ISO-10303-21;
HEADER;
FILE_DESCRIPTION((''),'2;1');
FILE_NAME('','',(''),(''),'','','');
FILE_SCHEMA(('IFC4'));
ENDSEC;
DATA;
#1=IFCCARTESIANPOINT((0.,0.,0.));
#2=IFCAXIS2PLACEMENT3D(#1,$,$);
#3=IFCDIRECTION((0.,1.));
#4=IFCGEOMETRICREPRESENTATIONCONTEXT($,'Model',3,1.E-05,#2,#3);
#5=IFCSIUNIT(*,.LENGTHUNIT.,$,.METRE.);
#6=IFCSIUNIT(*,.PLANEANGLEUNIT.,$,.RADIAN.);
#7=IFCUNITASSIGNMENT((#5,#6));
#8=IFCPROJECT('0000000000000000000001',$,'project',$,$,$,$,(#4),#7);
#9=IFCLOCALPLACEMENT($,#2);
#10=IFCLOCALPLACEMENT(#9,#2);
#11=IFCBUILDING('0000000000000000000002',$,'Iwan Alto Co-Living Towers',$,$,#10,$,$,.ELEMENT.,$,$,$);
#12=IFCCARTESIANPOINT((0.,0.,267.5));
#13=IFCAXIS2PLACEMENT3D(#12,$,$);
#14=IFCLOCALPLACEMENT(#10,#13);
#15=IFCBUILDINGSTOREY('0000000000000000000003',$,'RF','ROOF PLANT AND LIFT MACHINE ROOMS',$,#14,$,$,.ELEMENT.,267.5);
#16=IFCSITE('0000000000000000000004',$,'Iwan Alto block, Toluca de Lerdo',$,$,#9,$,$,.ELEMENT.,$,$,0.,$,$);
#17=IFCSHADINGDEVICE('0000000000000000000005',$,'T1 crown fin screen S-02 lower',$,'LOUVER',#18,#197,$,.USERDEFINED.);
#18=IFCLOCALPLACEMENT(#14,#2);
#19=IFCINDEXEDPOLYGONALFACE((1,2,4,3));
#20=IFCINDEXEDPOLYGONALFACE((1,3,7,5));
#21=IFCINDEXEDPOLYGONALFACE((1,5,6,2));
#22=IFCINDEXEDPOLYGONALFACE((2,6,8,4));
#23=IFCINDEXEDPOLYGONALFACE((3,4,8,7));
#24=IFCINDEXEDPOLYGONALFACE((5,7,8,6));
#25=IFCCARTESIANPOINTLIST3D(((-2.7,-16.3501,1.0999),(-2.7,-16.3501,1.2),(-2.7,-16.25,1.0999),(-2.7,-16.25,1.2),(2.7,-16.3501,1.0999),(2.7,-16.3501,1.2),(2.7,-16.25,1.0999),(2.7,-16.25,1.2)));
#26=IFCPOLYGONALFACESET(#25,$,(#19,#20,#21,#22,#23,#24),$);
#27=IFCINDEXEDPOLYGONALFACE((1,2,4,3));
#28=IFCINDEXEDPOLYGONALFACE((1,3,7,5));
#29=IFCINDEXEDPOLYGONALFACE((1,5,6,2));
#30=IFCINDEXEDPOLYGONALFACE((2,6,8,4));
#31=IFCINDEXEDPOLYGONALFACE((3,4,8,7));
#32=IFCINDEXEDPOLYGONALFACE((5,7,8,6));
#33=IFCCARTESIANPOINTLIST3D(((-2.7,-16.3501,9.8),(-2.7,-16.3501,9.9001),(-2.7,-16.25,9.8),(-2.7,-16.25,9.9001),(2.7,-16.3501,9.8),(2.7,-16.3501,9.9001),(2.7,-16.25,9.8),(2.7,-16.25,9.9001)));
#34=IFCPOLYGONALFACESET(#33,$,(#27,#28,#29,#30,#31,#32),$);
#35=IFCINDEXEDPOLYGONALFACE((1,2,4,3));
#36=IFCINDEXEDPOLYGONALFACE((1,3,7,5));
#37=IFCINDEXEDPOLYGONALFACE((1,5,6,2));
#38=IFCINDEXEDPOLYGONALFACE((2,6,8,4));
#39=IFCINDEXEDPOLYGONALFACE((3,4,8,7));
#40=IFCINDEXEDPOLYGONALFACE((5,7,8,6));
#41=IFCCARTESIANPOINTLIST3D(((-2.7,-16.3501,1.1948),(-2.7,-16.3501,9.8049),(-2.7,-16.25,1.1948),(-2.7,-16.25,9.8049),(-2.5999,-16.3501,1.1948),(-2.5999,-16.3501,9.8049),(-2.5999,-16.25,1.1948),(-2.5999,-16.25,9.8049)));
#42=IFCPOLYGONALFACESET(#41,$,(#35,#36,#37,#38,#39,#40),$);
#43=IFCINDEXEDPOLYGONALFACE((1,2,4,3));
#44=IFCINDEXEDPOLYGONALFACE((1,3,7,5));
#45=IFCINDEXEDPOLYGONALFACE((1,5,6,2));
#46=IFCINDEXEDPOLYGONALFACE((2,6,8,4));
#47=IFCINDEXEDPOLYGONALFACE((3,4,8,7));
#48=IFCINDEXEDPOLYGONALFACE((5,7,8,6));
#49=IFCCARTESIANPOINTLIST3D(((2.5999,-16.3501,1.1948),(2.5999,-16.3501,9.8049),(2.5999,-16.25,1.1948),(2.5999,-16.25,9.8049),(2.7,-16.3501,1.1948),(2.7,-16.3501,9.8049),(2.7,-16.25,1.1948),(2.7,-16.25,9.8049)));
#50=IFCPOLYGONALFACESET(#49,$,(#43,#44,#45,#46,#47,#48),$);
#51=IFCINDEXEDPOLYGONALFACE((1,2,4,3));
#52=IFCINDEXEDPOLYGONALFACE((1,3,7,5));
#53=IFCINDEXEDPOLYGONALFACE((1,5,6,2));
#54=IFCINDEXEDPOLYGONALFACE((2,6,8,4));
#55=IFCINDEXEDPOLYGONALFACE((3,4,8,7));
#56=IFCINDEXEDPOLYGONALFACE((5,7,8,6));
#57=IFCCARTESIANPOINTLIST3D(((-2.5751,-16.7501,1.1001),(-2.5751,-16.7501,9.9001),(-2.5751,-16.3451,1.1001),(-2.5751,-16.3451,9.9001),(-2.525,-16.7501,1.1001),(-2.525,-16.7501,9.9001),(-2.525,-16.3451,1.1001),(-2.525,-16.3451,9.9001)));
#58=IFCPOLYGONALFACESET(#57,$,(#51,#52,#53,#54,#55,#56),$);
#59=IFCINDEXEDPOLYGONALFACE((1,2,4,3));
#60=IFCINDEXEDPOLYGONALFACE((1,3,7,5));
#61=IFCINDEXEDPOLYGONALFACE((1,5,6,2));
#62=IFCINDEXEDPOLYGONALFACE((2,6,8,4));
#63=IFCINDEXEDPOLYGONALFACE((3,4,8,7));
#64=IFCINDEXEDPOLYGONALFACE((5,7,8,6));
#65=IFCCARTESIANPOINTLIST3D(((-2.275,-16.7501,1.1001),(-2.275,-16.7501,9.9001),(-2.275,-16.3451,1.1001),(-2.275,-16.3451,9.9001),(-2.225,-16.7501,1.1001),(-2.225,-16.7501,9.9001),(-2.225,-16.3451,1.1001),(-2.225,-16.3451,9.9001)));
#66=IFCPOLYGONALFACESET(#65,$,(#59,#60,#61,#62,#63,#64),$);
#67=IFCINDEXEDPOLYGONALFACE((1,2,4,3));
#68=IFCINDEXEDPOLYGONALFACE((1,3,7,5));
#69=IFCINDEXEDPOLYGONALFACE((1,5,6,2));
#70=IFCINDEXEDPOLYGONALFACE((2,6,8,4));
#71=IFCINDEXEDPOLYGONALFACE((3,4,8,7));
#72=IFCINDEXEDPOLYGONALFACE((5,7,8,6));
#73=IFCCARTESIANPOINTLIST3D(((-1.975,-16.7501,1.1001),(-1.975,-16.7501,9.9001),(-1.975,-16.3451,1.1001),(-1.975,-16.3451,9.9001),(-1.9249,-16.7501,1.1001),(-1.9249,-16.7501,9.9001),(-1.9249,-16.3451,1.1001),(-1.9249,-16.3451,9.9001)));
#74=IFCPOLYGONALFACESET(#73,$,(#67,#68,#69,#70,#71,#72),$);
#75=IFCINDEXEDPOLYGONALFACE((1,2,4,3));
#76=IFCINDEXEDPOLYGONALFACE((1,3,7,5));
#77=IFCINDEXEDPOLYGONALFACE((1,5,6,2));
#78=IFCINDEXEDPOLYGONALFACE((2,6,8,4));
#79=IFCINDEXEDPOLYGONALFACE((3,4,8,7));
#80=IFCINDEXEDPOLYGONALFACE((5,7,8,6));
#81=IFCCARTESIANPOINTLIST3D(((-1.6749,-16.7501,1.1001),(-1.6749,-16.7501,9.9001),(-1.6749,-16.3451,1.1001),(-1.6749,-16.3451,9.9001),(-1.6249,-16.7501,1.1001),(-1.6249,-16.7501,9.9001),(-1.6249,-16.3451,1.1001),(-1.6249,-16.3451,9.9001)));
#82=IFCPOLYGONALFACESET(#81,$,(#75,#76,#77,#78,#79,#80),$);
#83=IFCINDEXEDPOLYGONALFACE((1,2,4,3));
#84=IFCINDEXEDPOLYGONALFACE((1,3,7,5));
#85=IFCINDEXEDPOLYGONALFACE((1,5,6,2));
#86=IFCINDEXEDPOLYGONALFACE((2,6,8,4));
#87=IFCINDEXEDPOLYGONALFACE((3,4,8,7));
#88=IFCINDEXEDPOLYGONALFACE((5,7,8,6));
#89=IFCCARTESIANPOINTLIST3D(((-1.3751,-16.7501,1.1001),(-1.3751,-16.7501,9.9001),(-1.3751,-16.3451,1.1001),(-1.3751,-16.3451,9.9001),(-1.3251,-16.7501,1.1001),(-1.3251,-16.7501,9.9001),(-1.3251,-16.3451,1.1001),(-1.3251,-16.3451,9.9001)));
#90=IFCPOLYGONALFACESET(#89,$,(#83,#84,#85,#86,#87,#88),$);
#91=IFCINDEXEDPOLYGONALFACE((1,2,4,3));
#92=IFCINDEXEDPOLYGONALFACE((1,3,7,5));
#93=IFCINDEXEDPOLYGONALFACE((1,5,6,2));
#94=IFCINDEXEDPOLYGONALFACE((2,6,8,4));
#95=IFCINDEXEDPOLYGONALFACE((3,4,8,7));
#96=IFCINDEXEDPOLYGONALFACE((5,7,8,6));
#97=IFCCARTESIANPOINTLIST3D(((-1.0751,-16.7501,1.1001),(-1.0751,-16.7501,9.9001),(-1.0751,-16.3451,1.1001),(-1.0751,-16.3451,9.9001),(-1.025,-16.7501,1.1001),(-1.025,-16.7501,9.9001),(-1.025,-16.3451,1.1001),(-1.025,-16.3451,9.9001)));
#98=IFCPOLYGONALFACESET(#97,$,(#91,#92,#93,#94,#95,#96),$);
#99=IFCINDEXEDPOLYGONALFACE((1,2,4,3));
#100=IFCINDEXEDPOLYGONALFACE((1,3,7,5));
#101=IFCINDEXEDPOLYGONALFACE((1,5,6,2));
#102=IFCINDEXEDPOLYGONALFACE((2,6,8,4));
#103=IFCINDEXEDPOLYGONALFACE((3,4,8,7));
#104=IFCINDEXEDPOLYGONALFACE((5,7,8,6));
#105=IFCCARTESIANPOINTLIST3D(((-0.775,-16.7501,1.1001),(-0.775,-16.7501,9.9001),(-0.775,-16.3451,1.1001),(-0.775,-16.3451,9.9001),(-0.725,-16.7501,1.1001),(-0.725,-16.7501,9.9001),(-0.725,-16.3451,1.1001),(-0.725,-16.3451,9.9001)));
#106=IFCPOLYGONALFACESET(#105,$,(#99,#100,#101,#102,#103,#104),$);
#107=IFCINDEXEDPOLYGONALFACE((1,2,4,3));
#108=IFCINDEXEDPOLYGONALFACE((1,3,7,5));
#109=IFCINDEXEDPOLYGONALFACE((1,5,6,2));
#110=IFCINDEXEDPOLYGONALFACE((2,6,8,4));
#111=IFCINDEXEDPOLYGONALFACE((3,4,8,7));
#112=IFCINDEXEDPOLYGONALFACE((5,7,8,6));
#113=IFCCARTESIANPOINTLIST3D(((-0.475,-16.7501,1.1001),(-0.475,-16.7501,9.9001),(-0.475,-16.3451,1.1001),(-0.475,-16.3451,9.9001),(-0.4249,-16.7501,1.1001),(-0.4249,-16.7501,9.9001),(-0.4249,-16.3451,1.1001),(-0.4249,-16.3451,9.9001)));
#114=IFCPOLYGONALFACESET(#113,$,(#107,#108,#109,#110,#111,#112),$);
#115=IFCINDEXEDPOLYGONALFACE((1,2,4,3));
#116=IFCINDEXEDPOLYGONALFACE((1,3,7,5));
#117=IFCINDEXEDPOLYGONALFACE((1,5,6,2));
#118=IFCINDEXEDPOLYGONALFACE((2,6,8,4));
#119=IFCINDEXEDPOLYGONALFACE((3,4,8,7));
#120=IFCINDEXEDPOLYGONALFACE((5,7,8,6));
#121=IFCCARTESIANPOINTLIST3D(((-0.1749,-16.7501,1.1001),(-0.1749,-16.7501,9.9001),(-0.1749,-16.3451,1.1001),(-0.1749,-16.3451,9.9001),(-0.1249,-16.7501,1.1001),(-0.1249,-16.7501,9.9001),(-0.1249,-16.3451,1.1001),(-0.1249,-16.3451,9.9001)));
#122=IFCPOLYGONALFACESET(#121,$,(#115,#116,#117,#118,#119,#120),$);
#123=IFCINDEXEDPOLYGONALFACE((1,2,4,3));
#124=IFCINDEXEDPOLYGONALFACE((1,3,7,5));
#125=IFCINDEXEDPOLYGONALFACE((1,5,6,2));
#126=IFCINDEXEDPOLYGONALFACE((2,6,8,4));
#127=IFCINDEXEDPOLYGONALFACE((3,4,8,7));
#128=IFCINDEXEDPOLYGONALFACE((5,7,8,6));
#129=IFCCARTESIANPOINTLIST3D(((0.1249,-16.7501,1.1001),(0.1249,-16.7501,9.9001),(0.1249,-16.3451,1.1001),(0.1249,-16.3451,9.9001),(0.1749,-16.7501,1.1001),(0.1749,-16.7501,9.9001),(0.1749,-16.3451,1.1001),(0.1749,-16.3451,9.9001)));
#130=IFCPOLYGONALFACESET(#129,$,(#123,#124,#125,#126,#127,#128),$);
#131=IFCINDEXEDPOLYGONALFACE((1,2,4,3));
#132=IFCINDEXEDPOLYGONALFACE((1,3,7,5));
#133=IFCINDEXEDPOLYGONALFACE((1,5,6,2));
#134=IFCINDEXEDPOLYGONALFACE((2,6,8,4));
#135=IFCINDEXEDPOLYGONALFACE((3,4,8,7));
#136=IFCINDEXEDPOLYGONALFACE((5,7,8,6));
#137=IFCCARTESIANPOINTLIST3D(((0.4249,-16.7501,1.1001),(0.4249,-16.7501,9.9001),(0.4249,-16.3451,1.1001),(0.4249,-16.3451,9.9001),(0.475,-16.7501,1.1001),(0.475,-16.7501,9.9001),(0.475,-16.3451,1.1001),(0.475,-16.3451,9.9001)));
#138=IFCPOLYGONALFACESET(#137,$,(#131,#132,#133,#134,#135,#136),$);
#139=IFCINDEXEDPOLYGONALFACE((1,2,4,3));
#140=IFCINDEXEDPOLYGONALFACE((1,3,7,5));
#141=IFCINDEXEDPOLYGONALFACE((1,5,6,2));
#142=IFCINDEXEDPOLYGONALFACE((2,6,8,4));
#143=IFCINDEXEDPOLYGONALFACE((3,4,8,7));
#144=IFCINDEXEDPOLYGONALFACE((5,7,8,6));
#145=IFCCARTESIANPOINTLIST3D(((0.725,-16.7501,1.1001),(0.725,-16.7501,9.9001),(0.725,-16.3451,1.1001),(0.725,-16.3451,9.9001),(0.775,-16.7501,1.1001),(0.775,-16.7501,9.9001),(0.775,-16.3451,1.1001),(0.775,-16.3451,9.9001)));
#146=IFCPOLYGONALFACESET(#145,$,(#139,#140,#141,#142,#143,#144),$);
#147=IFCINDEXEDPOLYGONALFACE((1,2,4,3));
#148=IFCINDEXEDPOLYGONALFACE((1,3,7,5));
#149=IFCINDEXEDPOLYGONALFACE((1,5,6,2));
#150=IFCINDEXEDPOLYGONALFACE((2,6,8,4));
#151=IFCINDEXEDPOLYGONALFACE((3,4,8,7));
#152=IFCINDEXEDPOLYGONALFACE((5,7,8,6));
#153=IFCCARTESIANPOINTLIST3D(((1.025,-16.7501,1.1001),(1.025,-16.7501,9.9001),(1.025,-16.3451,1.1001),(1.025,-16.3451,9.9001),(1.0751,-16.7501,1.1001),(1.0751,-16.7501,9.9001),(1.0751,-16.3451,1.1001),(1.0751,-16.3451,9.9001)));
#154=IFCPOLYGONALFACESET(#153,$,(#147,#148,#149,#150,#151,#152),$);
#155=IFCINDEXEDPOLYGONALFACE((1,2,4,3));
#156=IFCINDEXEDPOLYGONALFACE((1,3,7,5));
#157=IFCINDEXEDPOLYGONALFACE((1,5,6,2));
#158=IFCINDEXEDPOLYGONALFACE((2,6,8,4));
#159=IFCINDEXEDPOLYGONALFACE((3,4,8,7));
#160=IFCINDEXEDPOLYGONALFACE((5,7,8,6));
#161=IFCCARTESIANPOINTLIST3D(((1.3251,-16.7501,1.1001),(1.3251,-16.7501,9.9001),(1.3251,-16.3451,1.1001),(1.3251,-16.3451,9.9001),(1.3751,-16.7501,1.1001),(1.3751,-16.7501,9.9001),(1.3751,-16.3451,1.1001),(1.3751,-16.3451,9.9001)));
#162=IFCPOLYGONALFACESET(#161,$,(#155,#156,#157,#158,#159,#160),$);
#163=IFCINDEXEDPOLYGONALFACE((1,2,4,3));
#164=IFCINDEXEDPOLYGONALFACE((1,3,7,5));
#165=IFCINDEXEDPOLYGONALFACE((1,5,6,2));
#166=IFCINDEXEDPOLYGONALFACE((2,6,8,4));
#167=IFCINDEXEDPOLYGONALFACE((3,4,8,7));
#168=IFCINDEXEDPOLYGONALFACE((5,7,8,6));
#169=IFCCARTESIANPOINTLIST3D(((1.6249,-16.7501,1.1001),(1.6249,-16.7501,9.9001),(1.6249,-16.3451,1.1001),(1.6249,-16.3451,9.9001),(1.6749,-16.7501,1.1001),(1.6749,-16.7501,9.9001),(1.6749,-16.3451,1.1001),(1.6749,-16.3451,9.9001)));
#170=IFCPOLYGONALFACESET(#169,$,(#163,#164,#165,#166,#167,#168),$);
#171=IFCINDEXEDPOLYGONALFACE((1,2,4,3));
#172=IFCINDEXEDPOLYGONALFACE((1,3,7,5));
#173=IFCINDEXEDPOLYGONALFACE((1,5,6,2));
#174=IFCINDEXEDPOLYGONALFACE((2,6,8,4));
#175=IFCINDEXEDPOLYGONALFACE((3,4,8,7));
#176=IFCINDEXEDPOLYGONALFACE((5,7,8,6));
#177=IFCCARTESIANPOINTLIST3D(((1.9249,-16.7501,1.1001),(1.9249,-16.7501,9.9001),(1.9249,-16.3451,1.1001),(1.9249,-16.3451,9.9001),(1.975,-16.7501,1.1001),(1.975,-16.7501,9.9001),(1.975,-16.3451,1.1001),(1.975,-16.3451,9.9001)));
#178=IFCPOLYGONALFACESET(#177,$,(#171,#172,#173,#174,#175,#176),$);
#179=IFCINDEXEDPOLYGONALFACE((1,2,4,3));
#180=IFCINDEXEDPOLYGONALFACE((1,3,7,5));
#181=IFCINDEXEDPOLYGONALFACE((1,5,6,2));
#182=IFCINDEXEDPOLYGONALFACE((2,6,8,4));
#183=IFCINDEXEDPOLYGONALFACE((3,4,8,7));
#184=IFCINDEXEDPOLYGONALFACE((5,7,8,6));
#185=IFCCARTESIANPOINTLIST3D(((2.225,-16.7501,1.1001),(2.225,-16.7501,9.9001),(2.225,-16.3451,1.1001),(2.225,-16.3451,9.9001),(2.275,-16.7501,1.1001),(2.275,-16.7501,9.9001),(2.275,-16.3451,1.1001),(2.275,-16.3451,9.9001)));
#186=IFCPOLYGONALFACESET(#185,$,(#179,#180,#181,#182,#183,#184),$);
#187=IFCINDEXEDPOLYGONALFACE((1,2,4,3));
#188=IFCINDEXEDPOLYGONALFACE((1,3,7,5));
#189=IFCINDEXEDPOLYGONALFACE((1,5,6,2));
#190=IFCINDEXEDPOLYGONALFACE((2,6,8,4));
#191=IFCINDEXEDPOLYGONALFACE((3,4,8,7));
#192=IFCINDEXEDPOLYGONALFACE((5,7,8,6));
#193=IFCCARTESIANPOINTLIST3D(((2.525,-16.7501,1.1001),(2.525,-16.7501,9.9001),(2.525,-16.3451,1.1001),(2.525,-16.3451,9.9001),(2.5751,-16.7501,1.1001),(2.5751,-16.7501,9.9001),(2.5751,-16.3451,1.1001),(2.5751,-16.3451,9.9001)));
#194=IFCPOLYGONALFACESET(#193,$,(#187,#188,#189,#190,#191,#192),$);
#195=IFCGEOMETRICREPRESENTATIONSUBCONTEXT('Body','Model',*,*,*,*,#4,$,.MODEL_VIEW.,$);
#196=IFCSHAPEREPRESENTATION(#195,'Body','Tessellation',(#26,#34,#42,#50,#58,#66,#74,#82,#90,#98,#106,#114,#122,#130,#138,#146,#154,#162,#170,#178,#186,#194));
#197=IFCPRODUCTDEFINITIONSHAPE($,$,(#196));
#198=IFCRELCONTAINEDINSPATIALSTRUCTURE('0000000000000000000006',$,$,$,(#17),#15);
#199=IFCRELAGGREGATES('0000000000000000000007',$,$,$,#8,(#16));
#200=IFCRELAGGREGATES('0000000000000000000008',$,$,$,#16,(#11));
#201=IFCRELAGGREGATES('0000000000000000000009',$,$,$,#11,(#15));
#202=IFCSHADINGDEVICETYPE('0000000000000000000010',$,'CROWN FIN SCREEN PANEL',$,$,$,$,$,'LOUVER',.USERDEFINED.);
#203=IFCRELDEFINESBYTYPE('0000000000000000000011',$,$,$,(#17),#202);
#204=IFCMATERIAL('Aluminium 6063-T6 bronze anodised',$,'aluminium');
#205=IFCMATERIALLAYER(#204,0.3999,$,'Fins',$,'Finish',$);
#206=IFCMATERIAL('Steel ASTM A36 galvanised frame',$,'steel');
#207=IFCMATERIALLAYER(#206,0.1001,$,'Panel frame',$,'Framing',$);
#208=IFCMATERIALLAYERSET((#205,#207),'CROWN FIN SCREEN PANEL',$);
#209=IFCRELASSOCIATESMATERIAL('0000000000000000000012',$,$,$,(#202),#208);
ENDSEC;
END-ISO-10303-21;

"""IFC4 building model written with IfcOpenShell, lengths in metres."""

from ifc_helpers import new_model, si_unit, direction, frame, origin, origin_2d, place, context, subcontext, project, spatial, rectangle, extrude, material, layer, layer_set, type_object, element, save


model = new_model("IFC4")

# Units and contexts
model_context = context("Model", 3, precision=1e-05, world=origin(), true_north=direction((0.0, 1.0)))
body_context = subcontext(model_context, "Body", "Model", "MODEL_VIEW")
ifc_project = project(units=[si_unit("LENGTHUNIT", "METRE"), si_unit("PLANEANGLEUNIT", "RADIAN")], contexts=[model_context])

# Site, building, storey
site_placement = place(None, origin())
site = spatial("IfcSite", under=ifc_project, at=site_placement, Name="Iwan Alto block, Toluca de Lerdo", CompositionType="ELEMENT", RefElevation=0.0)
building_placement = place(site_placement, origin())
building = spatial("IfcBuilding", under=site, at=building_placement, Name="Iwan Alto Co-Living Towers", CompositionType="ELEMENT")
storey_placement = place(building_placement, frame((0.0, 0.0, 267.5)))
storey = spatial("IfcBuildingStorey", under=building, at=storey_placement, Name="RF", Description="ROOF PLANT AND LIFT MACHINE ROOMS", CompositionType="ELEMENT", Elevation=267.5)

# Shading device
ifc_material_1 = material(Name="Aluminium 6063-T6 bronze anodised", Category="aluminium")
ifc_layer_1 = layer(ifc_material_1, 0.3999, Name="Fins", Category="Finish")
ifc_material_2 = material(Name="Steel ASTM A36 galvanised frame", Category="steel")
ifc_layer_2 = layer(ifc_material_2, 0.1001, Name="Panel frame", Category="Framing")
ifc_layer_set = layer_set([ifc_layer_1, ifc_layer_2], Name="CROWN FIN SCREEN PANEL")
shading_device_type = type_object("IfcShadingDeviceType", Name="CROWN FIN SCREEN PANEL", ElementType="LOUVER", PredefinedType="USERDEFINED", material=ifc_layer_set)
shading_device_1_placement = place(storey_placement, frame((0.0, 0.0, -267.5)))
element("IfcShadingDevice", 1, at=shading_device_1_placement, inside=storey, type_object=shading_device_type, Name="T1 crown fin screen S-02 lower", ObjectType="LOUVER", PredefinedType="USERDEFINED", context=body_context, shape_type="SweptSolid", body=[
    extrude(rectangle(XDim=5.3999, YDim=0.1001, at=origin_2d()), frame((0.0, -16.3, 268.5999), z_axis=(0.0, 0.0, 1.0), x_axis=(1.0, 0.0, 0.0)), (0.0, 0.0, 1.0), 0.1001),
    extrude(rectangle(XDim=5.3999, YDim=0.1001, at=origin_2d()), frame((0.0, -16.3, 277.3), z_axis=(0.0, 0.0, 1.0), x_axis=(1.0, 0.0, 0.0)), (0.0, 0.0, 1.0), 0.1001),
    extrude(rectangle(XDim=0.1001, YDim=0.1001, at=origin_2d()), frame((-2.6499, -16.3, 268.6948), z_axis=(0.0, 0.0, 1.0), x_axis=(1.0, 0.0, 0.0)), (0.0, 0.0, 1.0), 8.6101),
    extrude(rectangle(XDim=0.1001, YDim=0.1001, at=origin_2d()), frame((2.6499, -16.3, 268.6948), z_axis=(0.0, 0.0, 1.0), x_axis=(1.0, 0.0, 0.0)), (0.0, 0.0, 1.0), 8.6101),
    extrude(rectangle(XDim=0.05, YDim=0.405, at=origin_2d()), frame((-2.55, -16.5476, 268.6001), z_axis=(0.0, 0.0, 1.0), x_axis=(1.0, 0.0, 0.0)), (0.0, 0.0, 1.0), 8.8),
    extrude(rectangle(XDim=0.05, YDim=0.405, at=origin_2d()), frame((-2.25, -16.5476, 268.6001), z_axis=(0.0, 0.0, 1.0), x_axis=(1.0, 0.0, 0.0)), (0.0, 0.0, 1.0), 8.8),
    extrude(rectangle(XDim=0.05, YDim=0.405, at=origin_2d()), frame((-1.95, -16.5476, 268.6001), z_axis=(0.0, 0.0, 1.0), x_axis=(1.0, 0.0, 0.0)), (0.0, 0.0, 1.0), 8.8),
    extrude(rectangle(XDim=0.05, YDim=0.405, at=origin_2d()), frame((-1.6499, -16.5476, 268.6001), z_axis=(0.0, 0.0, 1.0), x_axis=(1.0, 0.0, 0.0)), (0.0, 0.0, 1.0), 8.8),
    extrude(rectangle(XDim=0.05, YDim=0.405, at=origin_2d()), frame((-1.3501, -16.5476, 268.6001), z_axis=(0.0, 0.0, 1.0), x_axis=(1.0, 0.0, 0.0)), (0.0, 0.0, 1.0), 8.8),
    extrude(rectangle(XDim=0.05, YDim=0.405, at=origin_2d()), frame((-1.05, -16.5476, 268.6001), z_axis=(0.0, 0.0, 1.0), x_axis=(1.0, 0.0, 0.0)), (0.0, 0.0, 1.0), 8.8),
    extrude(rectangle(XDim=0.05, YDim=0.405, at=origin_2d()), frame((-0.75, -16.5476, 268.6001), z_axis=(0.0, 0.0, 1.0), x_axis=(1.0, 0.0, 0.0)), (0.0, 0.0, 1.0), 8.8),
    extrude(rectangle(XDim=0.05, YDim=0.405, at=origin_2d()), frame((-0.45, -16.5476, 268.6001), z_axis=(0.0, 0.0, 1.0), x_axis=(1.0, 0.0, 0.0)), (0.0, 0.0, 1.0), 8.8),
    extrude(rectangle(XDim=0.05, YDim=0.405, at=origin_2d()), frame((-0.1499, -16.5476, 268.6001), z_axis=(0.0, 0.0, 1.0), x_axis=(1.0, 0.0, 0.0)), (0.0, 0.0, 1.0), 8.8),
    extrude(rectangle(XDim=0.05, YDim=0.405, at=origin_2d()), frame((0.1499, -16.5476, 268.6001), z_axis=(0.0, 0.0, 1.0), x_axis=(1.0, 0.0, 0.0)), (0.0, 0.0, 1.0), 8.8),
    extrude(rectangle(XDim=0.05, YDim=0.405, at=origin_2d()), frame((0.45, -16.5476, 268.6001), z_axis=(0.0, 0.0, 1.0), x_axis=(1.0, 0.0, 0.0)), (0.0, 0.0, 1.0), 8.8),
    extrude(rectangle(XDim=0.05, YDim=0.405, at=origin_2d()), frame((0.75, -16.5476, 268.6001), z_axis=(0.0, 0.0, 1.0), x_axis=(1.0, 0.0, 0.0)), (0.0, 0.0, 1.0), 8.8),
    extrude(rectangle(XDim=0.05, YDim=0.405, at=origin_2d()), frame((1.05, -16.5476, 268.6001), z_axis=(0.0, 0.0, 1.0), x_axis=(1.0, 0.0, 0.0)), (0.0, 0.0, 1.0), 8.8),
    extrude(rectangle(XDim=0.05, YDim=0.405, at=origin_2d()), frame((1.3501, -16.5476, 268.6001), z_axis=(0.0, 0.0, 1.0), x_axis=(1.0, 0.0, 0.0)), (0.0, 0.0, 1.0), 8.8),
    extrude(rectangle(XDim=0.05, YDim=0.405, at=origin_2d()), frame((1.6499, -16.5476, 268.6001), z_axis=(0.0, 0.0, 1.0), x_axis=(1.0, 0.0, 0.0)), (0.0, 0.0, 1.0), 8.8),
    extrude(rectangle(XDim=0.05, YDim=0.405, at=origin_2d()), frame((1.95, -16.5476, 268.6001), z_axis=(0.0, 0.0, 1.0), x_axis=(1.0, 0.0, 0.0)), (0.0, 0.0, 1.0), 8.8),
    extrude(rectangle(XDim=0.05, YDim=0.405, at=origin_2d()), frame((2.25, -16.5476, 268.6001), z_axis=(0.0, 0.0, 1.0), x_axis=(1.0, 0.0, 0.0)), (0.0, 0.0, 1.0), 8.8),
    extrude(rectangle(XDim=0.05, YDim=0.405, at=origin_2d()), frame((2.55, -16.5476, 268.6001), z_axis=(0.0, 0.0, 1.0), x_axis=(1.0, 0.0, 0.0)), (0.0, 0.0, 1.0), 8.8),
])

save(model, "model.ifc")
